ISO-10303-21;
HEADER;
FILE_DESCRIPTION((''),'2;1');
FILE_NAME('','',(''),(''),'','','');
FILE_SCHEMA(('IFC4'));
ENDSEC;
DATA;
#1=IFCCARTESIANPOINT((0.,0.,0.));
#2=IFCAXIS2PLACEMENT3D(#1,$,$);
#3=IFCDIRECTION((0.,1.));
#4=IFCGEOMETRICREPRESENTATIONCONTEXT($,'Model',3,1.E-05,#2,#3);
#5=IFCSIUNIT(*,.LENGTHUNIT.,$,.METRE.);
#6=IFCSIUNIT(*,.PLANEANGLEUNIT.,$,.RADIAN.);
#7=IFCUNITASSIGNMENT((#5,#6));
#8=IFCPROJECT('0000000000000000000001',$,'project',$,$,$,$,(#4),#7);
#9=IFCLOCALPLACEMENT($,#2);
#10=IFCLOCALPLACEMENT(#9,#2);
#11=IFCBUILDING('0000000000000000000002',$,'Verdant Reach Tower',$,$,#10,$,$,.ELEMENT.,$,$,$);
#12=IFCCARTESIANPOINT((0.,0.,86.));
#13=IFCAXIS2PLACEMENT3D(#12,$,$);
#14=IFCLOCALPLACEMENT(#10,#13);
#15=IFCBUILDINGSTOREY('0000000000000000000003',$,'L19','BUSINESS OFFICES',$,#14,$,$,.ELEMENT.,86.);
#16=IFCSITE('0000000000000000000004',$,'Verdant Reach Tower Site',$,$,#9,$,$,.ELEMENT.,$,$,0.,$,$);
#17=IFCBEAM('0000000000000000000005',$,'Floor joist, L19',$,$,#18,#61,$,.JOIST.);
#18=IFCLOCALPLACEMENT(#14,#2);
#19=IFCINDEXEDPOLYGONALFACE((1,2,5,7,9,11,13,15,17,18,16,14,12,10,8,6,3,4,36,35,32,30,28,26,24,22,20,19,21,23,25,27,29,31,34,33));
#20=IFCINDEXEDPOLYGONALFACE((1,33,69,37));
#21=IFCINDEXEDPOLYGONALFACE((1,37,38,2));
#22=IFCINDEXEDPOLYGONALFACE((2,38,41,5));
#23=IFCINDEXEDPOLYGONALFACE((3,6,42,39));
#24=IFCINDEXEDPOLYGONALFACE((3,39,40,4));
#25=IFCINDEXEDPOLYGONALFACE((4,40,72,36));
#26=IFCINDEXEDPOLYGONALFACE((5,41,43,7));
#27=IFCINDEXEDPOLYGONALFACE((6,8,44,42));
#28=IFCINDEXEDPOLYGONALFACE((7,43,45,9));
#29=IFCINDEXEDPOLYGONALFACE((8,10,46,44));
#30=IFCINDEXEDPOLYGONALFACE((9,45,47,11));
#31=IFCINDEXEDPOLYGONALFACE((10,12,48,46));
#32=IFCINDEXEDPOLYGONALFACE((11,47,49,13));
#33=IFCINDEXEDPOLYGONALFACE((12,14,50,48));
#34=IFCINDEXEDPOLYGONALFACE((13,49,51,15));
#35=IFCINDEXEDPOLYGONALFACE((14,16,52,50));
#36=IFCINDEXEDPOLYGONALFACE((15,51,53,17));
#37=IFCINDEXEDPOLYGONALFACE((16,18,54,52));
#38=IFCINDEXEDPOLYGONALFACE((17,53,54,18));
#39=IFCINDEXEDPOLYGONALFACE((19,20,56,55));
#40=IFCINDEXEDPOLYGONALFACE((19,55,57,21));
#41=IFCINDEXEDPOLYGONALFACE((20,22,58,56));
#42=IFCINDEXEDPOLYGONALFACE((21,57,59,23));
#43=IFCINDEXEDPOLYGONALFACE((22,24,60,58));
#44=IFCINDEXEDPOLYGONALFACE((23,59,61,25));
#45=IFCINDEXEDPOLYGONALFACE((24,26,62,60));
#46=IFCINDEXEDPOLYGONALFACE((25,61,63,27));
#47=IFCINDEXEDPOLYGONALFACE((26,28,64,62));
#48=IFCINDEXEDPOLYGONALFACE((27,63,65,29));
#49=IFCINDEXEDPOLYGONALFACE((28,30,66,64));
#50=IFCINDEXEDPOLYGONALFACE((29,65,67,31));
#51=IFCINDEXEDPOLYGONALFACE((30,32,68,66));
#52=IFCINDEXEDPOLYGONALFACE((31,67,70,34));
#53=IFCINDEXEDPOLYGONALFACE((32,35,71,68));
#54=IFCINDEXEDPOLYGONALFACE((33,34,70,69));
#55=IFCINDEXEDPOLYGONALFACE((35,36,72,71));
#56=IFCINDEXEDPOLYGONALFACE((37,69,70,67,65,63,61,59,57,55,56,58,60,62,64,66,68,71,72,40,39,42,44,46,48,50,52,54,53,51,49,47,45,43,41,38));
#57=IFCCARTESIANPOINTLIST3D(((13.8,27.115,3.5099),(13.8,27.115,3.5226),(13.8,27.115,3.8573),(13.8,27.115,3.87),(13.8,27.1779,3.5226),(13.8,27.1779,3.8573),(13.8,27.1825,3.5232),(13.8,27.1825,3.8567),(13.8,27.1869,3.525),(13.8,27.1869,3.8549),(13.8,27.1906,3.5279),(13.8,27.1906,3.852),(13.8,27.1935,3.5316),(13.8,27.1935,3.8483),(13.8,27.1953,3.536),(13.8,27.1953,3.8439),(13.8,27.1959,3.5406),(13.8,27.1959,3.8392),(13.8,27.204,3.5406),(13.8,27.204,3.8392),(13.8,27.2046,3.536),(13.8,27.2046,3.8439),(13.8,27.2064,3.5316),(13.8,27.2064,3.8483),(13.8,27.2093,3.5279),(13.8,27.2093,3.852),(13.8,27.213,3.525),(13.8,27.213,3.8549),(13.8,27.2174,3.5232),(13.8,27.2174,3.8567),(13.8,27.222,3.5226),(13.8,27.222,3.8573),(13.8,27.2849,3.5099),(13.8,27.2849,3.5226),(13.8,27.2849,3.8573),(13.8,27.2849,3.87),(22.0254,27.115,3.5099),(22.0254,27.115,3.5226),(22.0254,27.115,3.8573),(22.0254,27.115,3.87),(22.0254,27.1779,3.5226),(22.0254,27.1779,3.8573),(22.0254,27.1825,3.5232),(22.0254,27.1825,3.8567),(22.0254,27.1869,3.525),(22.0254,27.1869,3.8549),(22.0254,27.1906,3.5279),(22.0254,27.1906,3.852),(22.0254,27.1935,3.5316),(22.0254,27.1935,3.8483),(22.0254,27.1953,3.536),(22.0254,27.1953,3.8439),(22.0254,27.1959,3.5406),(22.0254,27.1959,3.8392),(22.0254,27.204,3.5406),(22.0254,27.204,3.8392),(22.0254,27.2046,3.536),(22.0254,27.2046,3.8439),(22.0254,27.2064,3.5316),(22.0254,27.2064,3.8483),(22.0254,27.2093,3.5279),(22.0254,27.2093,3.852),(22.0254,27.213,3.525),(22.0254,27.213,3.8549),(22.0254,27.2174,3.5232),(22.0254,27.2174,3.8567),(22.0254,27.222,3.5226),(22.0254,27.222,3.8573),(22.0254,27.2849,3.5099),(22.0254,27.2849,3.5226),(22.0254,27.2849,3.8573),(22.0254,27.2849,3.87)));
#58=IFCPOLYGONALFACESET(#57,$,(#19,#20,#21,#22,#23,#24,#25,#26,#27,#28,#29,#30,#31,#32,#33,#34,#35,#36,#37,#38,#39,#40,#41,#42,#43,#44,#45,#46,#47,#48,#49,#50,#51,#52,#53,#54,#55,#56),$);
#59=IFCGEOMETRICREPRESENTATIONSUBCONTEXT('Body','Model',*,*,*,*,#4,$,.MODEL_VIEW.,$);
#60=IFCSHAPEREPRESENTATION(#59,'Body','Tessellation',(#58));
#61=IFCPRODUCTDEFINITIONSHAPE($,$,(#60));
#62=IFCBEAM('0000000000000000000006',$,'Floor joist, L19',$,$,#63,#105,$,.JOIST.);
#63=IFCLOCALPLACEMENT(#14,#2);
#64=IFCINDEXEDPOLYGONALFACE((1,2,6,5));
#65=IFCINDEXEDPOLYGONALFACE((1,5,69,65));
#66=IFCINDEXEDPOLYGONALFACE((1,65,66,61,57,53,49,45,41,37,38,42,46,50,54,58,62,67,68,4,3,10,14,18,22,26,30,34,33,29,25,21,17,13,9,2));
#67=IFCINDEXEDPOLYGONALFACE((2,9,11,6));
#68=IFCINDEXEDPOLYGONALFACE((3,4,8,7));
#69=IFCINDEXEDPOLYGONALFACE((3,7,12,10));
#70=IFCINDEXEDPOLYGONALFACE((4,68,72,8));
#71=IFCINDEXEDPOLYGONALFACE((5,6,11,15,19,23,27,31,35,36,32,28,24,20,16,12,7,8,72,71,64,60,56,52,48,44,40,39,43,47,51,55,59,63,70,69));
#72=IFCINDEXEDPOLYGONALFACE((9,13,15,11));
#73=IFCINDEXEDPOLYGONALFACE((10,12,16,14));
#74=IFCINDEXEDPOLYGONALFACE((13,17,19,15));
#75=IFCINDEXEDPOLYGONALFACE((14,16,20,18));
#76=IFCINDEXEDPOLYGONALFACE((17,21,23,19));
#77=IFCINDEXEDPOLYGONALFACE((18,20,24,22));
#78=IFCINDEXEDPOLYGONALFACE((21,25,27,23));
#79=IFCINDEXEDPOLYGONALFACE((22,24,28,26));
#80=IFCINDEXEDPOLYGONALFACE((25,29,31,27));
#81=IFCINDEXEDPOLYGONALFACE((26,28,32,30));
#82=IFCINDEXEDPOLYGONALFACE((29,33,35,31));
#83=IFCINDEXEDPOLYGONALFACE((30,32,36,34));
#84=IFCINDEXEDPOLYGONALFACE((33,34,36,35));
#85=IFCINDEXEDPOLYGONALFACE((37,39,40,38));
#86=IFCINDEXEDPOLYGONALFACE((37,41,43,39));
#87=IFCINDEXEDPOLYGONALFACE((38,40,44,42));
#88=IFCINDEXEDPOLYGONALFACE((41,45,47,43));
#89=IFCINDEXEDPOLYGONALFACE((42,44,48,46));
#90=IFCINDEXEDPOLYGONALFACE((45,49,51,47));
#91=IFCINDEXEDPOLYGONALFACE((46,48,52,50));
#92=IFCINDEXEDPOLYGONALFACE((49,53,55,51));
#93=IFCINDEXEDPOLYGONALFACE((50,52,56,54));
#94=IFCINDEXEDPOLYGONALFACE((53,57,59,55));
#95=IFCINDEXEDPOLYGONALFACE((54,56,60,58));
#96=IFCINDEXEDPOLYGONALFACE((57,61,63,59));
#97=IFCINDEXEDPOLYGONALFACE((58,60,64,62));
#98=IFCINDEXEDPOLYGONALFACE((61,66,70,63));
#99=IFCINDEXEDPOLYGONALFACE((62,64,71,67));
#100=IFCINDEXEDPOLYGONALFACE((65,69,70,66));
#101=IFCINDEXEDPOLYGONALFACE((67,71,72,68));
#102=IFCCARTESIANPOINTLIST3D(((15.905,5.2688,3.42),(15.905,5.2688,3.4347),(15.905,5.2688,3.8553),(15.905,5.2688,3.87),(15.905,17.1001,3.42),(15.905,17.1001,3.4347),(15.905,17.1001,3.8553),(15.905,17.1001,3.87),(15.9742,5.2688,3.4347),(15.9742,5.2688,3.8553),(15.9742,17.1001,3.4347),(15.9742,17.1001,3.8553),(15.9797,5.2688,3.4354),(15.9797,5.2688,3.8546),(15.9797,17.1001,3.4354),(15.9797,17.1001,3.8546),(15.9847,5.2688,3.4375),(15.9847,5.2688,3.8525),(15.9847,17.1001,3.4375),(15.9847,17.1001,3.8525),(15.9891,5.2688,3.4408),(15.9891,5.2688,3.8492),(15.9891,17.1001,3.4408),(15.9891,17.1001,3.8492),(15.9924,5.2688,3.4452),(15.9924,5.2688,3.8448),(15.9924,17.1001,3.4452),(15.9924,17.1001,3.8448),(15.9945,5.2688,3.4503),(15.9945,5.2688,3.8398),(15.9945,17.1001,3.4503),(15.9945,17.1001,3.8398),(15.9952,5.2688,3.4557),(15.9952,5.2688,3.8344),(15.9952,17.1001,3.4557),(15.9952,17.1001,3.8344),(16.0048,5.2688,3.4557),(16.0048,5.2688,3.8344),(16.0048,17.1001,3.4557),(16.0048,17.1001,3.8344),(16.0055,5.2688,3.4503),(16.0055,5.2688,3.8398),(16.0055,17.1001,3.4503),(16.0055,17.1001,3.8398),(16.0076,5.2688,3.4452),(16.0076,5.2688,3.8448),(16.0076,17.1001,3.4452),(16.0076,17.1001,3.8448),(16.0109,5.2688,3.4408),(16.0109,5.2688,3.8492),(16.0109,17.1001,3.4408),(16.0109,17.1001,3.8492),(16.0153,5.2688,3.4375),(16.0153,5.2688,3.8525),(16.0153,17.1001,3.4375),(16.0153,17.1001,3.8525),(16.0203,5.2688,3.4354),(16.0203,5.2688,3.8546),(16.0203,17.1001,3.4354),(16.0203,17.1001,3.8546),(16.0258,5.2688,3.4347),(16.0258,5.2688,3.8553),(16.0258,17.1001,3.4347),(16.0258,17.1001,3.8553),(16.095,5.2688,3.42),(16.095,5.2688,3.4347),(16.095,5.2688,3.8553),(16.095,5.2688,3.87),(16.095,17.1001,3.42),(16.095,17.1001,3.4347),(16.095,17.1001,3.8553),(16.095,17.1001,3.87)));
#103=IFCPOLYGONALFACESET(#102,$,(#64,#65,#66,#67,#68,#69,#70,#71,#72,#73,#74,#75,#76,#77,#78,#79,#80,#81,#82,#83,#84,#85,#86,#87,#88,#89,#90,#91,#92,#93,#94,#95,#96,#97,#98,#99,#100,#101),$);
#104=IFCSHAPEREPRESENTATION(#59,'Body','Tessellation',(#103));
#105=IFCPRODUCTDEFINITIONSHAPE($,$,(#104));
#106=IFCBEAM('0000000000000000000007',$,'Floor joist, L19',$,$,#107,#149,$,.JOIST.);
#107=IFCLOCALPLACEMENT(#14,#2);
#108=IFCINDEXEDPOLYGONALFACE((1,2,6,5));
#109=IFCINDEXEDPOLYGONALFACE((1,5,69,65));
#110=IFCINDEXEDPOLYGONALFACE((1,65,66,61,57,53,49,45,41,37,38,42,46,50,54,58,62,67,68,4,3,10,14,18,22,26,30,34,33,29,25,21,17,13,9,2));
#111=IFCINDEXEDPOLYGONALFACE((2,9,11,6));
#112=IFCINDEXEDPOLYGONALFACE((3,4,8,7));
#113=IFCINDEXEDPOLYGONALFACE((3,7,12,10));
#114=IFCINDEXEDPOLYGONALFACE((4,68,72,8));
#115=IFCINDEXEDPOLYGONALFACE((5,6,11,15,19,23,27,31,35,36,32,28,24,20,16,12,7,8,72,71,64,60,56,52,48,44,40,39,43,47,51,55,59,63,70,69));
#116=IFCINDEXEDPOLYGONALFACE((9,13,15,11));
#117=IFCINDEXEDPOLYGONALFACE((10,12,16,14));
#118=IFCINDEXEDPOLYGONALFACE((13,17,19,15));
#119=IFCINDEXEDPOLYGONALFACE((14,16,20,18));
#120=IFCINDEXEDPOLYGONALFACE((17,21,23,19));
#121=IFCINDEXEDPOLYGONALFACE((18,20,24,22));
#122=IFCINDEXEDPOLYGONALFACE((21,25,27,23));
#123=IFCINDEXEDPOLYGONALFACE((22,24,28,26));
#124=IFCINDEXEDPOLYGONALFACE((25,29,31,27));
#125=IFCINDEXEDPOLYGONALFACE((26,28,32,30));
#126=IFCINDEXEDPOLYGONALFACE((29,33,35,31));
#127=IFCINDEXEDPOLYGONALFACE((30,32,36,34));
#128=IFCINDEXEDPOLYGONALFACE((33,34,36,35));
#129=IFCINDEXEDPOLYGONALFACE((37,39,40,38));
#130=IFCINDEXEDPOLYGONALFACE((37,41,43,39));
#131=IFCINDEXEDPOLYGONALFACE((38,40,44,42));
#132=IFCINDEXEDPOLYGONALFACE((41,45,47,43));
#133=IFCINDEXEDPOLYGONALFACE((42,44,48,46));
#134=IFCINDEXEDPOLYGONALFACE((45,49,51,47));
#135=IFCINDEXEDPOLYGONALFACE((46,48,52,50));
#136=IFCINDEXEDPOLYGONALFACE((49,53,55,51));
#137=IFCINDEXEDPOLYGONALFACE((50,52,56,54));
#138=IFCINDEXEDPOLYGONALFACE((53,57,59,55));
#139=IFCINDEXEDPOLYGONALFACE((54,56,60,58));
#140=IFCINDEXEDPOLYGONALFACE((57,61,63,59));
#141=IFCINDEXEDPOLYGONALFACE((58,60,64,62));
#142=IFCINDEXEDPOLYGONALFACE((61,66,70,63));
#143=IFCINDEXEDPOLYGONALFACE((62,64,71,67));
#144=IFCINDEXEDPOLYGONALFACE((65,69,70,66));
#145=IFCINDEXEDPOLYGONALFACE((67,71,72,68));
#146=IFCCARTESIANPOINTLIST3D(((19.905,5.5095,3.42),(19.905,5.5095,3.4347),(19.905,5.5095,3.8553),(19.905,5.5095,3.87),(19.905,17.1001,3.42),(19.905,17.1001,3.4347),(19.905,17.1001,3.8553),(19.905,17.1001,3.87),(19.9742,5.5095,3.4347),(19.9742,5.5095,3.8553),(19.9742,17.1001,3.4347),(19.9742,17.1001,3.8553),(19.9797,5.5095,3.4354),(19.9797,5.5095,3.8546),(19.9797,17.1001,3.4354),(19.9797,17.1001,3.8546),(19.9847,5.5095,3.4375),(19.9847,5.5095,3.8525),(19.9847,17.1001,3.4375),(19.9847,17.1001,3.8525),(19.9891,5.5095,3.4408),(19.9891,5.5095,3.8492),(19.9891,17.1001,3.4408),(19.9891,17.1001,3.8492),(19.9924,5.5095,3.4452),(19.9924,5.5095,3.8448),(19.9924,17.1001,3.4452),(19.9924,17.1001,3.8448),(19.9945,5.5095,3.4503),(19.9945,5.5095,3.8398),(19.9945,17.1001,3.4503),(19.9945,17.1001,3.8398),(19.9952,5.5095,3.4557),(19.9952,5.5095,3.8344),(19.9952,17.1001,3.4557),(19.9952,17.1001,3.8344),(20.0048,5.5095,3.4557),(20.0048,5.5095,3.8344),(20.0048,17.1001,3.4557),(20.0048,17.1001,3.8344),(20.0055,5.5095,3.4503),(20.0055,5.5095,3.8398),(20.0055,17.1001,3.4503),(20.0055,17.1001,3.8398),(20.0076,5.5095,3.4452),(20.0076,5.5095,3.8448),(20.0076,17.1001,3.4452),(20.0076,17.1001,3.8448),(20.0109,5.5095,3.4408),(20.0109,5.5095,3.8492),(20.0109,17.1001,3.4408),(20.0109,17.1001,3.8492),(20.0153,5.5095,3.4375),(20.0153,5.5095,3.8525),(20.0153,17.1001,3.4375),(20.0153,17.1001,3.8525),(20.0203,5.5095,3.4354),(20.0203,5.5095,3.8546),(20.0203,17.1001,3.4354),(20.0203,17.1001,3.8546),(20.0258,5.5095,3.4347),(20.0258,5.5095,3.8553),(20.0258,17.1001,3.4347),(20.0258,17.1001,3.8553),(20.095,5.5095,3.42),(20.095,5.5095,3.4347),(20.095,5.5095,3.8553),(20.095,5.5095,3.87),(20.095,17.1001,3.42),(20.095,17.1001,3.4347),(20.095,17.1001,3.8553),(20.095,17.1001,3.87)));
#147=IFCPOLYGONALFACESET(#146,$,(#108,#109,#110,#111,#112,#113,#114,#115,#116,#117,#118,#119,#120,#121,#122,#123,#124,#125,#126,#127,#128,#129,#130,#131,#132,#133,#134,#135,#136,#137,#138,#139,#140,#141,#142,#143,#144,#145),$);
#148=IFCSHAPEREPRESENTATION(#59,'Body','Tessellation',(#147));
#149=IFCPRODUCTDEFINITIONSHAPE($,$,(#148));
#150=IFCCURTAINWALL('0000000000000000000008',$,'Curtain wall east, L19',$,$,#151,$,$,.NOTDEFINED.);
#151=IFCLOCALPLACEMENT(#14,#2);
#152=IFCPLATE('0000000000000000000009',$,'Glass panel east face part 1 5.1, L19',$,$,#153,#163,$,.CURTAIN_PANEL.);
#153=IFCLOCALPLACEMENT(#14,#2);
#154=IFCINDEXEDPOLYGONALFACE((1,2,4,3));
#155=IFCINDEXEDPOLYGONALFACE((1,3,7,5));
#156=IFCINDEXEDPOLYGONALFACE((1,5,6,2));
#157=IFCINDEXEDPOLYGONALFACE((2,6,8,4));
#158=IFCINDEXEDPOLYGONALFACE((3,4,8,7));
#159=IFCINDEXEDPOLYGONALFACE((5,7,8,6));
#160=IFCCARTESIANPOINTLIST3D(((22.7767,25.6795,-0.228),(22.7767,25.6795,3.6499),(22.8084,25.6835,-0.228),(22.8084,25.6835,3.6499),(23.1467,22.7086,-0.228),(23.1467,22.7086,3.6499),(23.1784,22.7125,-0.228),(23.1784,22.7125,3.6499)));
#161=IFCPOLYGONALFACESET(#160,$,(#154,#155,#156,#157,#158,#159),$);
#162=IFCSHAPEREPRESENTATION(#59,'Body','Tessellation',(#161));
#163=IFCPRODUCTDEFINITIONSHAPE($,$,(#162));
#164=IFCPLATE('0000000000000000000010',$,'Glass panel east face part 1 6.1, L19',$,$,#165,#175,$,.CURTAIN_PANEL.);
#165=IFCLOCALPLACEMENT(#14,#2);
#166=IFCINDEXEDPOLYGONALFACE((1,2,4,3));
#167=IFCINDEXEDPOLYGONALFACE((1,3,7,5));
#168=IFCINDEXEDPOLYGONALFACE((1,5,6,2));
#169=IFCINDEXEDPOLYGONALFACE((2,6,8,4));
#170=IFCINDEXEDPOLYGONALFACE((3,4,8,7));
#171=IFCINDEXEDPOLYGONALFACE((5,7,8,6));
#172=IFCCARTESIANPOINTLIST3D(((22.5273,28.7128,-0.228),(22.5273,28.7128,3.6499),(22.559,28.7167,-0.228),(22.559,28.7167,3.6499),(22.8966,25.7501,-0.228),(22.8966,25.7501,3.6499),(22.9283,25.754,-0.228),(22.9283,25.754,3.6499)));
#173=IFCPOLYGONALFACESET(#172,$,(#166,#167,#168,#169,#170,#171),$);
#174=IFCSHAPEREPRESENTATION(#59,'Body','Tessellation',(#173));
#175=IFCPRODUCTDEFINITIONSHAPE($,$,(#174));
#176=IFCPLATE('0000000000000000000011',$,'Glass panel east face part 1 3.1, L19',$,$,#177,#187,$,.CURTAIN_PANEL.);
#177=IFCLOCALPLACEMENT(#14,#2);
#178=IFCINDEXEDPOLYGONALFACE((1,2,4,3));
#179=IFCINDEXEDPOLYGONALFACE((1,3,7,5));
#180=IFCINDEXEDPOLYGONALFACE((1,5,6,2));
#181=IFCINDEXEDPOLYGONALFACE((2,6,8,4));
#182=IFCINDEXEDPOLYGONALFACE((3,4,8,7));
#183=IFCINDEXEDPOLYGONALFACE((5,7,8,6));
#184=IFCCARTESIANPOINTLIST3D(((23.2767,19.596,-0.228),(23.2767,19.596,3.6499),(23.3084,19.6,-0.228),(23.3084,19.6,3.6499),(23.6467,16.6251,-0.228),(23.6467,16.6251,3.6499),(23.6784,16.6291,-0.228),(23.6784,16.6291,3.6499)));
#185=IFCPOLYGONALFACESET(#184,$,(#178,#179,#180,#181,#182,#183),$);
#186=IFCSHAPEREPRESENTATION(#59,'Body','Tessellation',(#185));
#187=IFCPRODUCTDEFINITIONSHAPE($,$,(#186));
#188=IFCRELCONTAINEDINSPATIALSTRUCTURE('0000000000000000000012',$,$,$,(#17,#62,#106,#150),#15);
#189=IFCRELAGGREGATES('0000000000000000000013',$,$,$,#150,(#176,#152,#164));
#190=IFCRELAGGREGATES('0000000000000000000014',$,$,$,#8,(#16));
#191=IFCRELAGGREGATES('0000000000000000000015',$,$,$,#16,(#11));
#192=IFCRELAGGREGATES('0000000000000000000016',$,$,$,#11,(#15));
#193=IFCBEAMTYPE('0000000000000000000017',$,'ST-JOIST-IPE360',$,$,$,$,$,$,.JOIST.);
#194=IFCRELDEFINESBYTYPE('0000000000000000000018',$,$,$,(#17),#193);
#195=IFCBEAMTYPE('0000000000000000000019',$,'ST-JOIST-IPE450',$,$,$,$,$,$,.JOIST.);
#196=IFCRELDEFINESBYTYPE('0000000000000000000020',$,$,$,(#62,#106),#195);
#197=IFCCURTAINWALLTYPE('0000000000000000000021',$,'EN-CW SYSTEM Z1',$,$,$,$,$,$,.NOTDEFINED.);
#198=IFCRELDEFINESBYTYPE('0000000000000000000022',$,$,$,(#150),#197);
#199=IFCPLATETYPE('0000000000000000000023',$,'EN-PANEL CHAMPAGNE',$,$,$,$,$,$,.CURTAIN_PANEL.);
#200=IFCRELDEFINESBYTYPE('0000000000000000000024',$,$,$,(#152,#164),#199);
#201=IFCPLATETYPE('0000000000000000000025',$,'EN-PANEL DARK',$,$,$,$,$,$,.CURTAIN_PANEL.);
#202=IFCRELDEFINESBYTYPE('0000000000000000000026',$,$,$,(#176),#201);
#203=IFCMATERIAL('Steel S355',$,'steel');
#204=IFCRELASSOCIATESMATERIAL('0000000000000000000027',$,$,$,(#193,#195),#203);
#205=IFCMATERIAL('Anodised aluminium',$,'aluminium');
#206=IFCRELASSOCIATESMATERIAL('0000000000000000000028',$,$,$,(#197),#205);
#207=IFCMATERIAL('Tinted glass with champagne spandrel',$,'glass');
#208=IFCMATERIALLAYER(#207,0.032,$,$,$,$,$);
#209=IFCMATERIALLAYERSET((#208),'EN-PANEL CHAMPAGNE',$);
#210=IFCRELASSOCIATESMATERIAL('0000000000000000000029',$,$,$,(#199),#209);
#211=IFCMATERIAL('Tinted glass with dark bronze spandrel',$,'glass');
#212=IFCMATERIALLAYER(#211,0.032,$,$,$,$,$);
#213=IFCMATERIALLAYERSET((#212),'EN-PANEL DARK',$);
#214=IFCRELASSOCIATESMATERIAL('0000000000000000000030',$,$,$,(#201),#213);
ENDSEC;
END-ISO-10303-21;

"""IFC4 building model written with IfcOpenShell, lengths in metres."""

from ifc_helpers import new_model, si_unit, direction, frame, origin, origin_2d, place, context, subcontext, project, spatial, rectangle, i_section, extrude, material, layer, layer_set, material_profile, profile_set, type_object, element, aggregate, save


model = new_model("IFC4")

# Units and contexts
model_context = context("Model", 3, precision=1e-05, world=origin(), true_north=direction((0.0, 1.0)))
body_context = subcontext(model_context, "Body", "Model", "MODEL_VIEW")
ifc_project = project(units=[si_unit("LENGTHUNIT", "METRE"), si_unit("PLANEANGLEUNIT", "RADIAN")], contexts=[model_context])

# Site, building, storey
site_placement = place(None, origin())
site = spatial("IfcSite", under=ifc_project, at=site_placement, Name="Verdant Reach Tower Site", CompositionType="ELEMENT", RefElevation=0.0)
building_placement = place(site_placement, origin())
building = spatial("IfcBuilding", under=site, at=building_placement, Name="Verdant Reach Tower", CompositionType="ELEMENT")
storey_placement = place(building_placement, frame((0.0, 0.0, 86.0)))
storey = spatial("IfcBuildingStorey", under=building, at=storey_placement, Name="L19", Description="BUSINESS OFFICES", CompositionType="ELEMENT", Elevation=86.0)

# Beams
ifc_material_1 = material(Name="Steel S355", Category="steel")
ifc_material_profile_1 = material_profile(ifc_material_1, i_section(OverallWidth=0.1699, OverallDepth=0.3601, WebThickness=0.0081, FlangeThickness=0.0127, FilletRadius=0.0181, at=origin_2d()), Name="IPE 360")
ifc_profile_set_1 = profile_set([ifc_material_profile_1], Name="Steel S355")
beam_type_1 = type_object("IfcBeamType", Name="ST-JOIST-IPE360", PredefinedType="JOIST", material=ifc_profile_set_1)
beam_1_placement = place(storey_placement, frame((13.8, 27.2, 3.6899), z_axis=(1.0, 0.0, 0.0), x_axis=(0.0, 1.0, 0.0)))
element("IfcBeam", 1, at=beam_1_placement, inside=storey, type_object=beam_type_1, Name="Floor joist, L19", PredefinedType="JOIST", context=body_context, shape_type="SweptSolid", body=[
    extrude(i_section(OverallWidth=0.1699, OverallDepth=0.3601, WebThickness=0.0081, FlangeThickness=0.0127, FilletRadius=0.0181, at=origin_2d()), origin(), (0.0, 0.0, 1.0), 8.2253),
])
ifc_material_profile_2 = material_profile(ifc_material_1, i_section(OverallWidth=0.1899, OverallDepth=0.45, WebThickness=0.0095, FlangeThickness=0.0146, FilletRadius=0.021, at=origin_2d()), Name="IPE 450")
ifc_profile_set_2 = profile_set([ifc_material_profile_2], Name="Steel S355")
beam_type_2 = type_object("IfcBeamType", Name="ST-JOIST-IPE450", PredefinedType="JOIST", material=ifc_profile_set_2)
beam_2_placement = place(storey_placement, frame((16.0, 17.1001, 3.645), z_axis=(0.0, -1.0, 0.0), x_axis=(1.0, 0.0, 0.0)))
element("IfcBeam", 2, at=beam_2_placement, inside=storey, type_object=beam_type_2, Name="Floor joist, L19", PredefinedType="JOIST", context=body_context, shape_type="SweptSolid", body=[
    extrude(i_section(OverallWidth=0.1899, OverallDepth=0.45, WebThickness=0.0095, FlangeThickness=0.0146, FilletRadius=0.021, at=origin_2d()), origin(), (0.0, 0.0, 1.0), 11.8313),
])
beam_3_placement = place(storey_placement, frame((20.0, 17.1001, 3.645), z_axis=(0.0, -1.0, 0.0), x_axis=(1.0, 0.0, 0.0)))
element("IfcBeam", 3, at=beam_3_placement, inside=storey, type_object=beam_type_2, Name="Floor joist, L19", PredefinedType="JOIST", context=body_context, shape_type="SweptSolid", body=[
    extrude(i_section(OverallWidth=0.1899, OverallDepth=0.45, WebThickness=0.0095, FlangeThickness=0.0146, FilletRadius=0.021, at=origin_2d()), origin(), (0.0, 0.0, 1.0), 11.5906),
])

# Curtain wall, plates
ifc_material_2 = material(Name="Anodised aluminium", Category="aluminium")
curtain_wall_type = type_object("IfcCurtainWallType", Name="EN-CW SYSTEM Z1", PredefinedType="NOTDEFINED", material=ifc_material_2)
curtain_wall_placement = place(storey_placement, origin())
curtain_wall = element("IfcCurtainWall", 4, at=curtain_wall_placement, inside=storey, type_object=curtain_wall_type, Name="Curtain wall east, L19", PredefinedType="NOTDEFINED")
ifc_material_3 = material(Name="Tinted glass with champagne spandrel", Category="glass")
ifc_layer_1 = layer(ifc_material_3, 0.032)
ifc_layer_set_1 = layer_set([ifc_layer_1], Name="EN-PANEL CHAMPAGNE")
plate_type_1 = type_object("IfcPlateType", Name="EN-PANEL CHAMPAGNE", PredefinedType="CURTAIN_PANEL", material=ifc_layer_set_1)
plate_1_placement = place(storey_placement, frame((22.9775, 24.196, -0.228), z_axis=(0.0, 0.0, 1.0), x_axis=(-0.123579, 0.992335, 0.0)))
plate_1 = element("IfcPlate", 5, at=plate_1_placement, type_object=plate_type_1, Name="Glass panel east face part 1 5.1, L19", PredefinedType="CURTAIN_PANEL", context=body_context, shape_type="SweptSolid", body=[
    extrude(rectangle(XDim=2.9939, YDim=0.032, at=origin_2d()), origin(), (0.0, 0.0, 1.0), 3.8779),
])
plate_2_placement = place(storey_placement, frame((22.7278, 27.2334, -0.228), z_axis=(0.0, 0.0, 1.0), x_axis=(-0.123691, 0.992321, 0.0)))
plate_2 = element("IfcPlate", 6, at=plate_2_placement, type_object=plate_type_1, Name="Glass panel east face part 1 6.1, L19", PredefinedType="CURTAIN_PANEL", context=body_context, shape_type="SweptSolid", body=[
    extrude(rectangle(XDim=2.9856, YDim=0.032, at=origin_2d()), origin(), (0.0, 0.0, 1.0), 3.8779),
])
ifc_material_4 = material(Name="Tinted glass with dark bronze spandrel", Category="glass")
ifc_layer_2 = layer(ifc_material_4, 0.032)
ifc_layer_set_2 = layer_set([ifc_layer_2], Name="EN-PANEL DARK")
plate_type_2 = type_object("IfcPlateType", Name="EN-PANEL DARK", PredefinedType="CURTAIN_PANEL", material=ifc_layer_set_2)
plate_3_placement = place(storey_placement, frame((23.4775, 18.1125, -0.228), z_axis=(0.0, 0.0, 1.0), x_axis=(-0.123579, 0.992335, 0.0)))
plate_3 = element("IfcPlate", 7, at=plate_3_placement, type_object=plate_type_2, Name="Glass panel east face part 1 3.1, L19", PredefinedType="CURTAIN_PANEL", context=body_context, shape_type="SweptSolid", body=[
    extrude(rectangle(XDim=2.9939, YDim=0.032, at=origin_2d()), origin(), (0.0, 0.0, 1.0), 3.8779),
])
aggregate(curtain_wall, [plate_3, plate_1, plate_2])

save(model, "model.ifc")
